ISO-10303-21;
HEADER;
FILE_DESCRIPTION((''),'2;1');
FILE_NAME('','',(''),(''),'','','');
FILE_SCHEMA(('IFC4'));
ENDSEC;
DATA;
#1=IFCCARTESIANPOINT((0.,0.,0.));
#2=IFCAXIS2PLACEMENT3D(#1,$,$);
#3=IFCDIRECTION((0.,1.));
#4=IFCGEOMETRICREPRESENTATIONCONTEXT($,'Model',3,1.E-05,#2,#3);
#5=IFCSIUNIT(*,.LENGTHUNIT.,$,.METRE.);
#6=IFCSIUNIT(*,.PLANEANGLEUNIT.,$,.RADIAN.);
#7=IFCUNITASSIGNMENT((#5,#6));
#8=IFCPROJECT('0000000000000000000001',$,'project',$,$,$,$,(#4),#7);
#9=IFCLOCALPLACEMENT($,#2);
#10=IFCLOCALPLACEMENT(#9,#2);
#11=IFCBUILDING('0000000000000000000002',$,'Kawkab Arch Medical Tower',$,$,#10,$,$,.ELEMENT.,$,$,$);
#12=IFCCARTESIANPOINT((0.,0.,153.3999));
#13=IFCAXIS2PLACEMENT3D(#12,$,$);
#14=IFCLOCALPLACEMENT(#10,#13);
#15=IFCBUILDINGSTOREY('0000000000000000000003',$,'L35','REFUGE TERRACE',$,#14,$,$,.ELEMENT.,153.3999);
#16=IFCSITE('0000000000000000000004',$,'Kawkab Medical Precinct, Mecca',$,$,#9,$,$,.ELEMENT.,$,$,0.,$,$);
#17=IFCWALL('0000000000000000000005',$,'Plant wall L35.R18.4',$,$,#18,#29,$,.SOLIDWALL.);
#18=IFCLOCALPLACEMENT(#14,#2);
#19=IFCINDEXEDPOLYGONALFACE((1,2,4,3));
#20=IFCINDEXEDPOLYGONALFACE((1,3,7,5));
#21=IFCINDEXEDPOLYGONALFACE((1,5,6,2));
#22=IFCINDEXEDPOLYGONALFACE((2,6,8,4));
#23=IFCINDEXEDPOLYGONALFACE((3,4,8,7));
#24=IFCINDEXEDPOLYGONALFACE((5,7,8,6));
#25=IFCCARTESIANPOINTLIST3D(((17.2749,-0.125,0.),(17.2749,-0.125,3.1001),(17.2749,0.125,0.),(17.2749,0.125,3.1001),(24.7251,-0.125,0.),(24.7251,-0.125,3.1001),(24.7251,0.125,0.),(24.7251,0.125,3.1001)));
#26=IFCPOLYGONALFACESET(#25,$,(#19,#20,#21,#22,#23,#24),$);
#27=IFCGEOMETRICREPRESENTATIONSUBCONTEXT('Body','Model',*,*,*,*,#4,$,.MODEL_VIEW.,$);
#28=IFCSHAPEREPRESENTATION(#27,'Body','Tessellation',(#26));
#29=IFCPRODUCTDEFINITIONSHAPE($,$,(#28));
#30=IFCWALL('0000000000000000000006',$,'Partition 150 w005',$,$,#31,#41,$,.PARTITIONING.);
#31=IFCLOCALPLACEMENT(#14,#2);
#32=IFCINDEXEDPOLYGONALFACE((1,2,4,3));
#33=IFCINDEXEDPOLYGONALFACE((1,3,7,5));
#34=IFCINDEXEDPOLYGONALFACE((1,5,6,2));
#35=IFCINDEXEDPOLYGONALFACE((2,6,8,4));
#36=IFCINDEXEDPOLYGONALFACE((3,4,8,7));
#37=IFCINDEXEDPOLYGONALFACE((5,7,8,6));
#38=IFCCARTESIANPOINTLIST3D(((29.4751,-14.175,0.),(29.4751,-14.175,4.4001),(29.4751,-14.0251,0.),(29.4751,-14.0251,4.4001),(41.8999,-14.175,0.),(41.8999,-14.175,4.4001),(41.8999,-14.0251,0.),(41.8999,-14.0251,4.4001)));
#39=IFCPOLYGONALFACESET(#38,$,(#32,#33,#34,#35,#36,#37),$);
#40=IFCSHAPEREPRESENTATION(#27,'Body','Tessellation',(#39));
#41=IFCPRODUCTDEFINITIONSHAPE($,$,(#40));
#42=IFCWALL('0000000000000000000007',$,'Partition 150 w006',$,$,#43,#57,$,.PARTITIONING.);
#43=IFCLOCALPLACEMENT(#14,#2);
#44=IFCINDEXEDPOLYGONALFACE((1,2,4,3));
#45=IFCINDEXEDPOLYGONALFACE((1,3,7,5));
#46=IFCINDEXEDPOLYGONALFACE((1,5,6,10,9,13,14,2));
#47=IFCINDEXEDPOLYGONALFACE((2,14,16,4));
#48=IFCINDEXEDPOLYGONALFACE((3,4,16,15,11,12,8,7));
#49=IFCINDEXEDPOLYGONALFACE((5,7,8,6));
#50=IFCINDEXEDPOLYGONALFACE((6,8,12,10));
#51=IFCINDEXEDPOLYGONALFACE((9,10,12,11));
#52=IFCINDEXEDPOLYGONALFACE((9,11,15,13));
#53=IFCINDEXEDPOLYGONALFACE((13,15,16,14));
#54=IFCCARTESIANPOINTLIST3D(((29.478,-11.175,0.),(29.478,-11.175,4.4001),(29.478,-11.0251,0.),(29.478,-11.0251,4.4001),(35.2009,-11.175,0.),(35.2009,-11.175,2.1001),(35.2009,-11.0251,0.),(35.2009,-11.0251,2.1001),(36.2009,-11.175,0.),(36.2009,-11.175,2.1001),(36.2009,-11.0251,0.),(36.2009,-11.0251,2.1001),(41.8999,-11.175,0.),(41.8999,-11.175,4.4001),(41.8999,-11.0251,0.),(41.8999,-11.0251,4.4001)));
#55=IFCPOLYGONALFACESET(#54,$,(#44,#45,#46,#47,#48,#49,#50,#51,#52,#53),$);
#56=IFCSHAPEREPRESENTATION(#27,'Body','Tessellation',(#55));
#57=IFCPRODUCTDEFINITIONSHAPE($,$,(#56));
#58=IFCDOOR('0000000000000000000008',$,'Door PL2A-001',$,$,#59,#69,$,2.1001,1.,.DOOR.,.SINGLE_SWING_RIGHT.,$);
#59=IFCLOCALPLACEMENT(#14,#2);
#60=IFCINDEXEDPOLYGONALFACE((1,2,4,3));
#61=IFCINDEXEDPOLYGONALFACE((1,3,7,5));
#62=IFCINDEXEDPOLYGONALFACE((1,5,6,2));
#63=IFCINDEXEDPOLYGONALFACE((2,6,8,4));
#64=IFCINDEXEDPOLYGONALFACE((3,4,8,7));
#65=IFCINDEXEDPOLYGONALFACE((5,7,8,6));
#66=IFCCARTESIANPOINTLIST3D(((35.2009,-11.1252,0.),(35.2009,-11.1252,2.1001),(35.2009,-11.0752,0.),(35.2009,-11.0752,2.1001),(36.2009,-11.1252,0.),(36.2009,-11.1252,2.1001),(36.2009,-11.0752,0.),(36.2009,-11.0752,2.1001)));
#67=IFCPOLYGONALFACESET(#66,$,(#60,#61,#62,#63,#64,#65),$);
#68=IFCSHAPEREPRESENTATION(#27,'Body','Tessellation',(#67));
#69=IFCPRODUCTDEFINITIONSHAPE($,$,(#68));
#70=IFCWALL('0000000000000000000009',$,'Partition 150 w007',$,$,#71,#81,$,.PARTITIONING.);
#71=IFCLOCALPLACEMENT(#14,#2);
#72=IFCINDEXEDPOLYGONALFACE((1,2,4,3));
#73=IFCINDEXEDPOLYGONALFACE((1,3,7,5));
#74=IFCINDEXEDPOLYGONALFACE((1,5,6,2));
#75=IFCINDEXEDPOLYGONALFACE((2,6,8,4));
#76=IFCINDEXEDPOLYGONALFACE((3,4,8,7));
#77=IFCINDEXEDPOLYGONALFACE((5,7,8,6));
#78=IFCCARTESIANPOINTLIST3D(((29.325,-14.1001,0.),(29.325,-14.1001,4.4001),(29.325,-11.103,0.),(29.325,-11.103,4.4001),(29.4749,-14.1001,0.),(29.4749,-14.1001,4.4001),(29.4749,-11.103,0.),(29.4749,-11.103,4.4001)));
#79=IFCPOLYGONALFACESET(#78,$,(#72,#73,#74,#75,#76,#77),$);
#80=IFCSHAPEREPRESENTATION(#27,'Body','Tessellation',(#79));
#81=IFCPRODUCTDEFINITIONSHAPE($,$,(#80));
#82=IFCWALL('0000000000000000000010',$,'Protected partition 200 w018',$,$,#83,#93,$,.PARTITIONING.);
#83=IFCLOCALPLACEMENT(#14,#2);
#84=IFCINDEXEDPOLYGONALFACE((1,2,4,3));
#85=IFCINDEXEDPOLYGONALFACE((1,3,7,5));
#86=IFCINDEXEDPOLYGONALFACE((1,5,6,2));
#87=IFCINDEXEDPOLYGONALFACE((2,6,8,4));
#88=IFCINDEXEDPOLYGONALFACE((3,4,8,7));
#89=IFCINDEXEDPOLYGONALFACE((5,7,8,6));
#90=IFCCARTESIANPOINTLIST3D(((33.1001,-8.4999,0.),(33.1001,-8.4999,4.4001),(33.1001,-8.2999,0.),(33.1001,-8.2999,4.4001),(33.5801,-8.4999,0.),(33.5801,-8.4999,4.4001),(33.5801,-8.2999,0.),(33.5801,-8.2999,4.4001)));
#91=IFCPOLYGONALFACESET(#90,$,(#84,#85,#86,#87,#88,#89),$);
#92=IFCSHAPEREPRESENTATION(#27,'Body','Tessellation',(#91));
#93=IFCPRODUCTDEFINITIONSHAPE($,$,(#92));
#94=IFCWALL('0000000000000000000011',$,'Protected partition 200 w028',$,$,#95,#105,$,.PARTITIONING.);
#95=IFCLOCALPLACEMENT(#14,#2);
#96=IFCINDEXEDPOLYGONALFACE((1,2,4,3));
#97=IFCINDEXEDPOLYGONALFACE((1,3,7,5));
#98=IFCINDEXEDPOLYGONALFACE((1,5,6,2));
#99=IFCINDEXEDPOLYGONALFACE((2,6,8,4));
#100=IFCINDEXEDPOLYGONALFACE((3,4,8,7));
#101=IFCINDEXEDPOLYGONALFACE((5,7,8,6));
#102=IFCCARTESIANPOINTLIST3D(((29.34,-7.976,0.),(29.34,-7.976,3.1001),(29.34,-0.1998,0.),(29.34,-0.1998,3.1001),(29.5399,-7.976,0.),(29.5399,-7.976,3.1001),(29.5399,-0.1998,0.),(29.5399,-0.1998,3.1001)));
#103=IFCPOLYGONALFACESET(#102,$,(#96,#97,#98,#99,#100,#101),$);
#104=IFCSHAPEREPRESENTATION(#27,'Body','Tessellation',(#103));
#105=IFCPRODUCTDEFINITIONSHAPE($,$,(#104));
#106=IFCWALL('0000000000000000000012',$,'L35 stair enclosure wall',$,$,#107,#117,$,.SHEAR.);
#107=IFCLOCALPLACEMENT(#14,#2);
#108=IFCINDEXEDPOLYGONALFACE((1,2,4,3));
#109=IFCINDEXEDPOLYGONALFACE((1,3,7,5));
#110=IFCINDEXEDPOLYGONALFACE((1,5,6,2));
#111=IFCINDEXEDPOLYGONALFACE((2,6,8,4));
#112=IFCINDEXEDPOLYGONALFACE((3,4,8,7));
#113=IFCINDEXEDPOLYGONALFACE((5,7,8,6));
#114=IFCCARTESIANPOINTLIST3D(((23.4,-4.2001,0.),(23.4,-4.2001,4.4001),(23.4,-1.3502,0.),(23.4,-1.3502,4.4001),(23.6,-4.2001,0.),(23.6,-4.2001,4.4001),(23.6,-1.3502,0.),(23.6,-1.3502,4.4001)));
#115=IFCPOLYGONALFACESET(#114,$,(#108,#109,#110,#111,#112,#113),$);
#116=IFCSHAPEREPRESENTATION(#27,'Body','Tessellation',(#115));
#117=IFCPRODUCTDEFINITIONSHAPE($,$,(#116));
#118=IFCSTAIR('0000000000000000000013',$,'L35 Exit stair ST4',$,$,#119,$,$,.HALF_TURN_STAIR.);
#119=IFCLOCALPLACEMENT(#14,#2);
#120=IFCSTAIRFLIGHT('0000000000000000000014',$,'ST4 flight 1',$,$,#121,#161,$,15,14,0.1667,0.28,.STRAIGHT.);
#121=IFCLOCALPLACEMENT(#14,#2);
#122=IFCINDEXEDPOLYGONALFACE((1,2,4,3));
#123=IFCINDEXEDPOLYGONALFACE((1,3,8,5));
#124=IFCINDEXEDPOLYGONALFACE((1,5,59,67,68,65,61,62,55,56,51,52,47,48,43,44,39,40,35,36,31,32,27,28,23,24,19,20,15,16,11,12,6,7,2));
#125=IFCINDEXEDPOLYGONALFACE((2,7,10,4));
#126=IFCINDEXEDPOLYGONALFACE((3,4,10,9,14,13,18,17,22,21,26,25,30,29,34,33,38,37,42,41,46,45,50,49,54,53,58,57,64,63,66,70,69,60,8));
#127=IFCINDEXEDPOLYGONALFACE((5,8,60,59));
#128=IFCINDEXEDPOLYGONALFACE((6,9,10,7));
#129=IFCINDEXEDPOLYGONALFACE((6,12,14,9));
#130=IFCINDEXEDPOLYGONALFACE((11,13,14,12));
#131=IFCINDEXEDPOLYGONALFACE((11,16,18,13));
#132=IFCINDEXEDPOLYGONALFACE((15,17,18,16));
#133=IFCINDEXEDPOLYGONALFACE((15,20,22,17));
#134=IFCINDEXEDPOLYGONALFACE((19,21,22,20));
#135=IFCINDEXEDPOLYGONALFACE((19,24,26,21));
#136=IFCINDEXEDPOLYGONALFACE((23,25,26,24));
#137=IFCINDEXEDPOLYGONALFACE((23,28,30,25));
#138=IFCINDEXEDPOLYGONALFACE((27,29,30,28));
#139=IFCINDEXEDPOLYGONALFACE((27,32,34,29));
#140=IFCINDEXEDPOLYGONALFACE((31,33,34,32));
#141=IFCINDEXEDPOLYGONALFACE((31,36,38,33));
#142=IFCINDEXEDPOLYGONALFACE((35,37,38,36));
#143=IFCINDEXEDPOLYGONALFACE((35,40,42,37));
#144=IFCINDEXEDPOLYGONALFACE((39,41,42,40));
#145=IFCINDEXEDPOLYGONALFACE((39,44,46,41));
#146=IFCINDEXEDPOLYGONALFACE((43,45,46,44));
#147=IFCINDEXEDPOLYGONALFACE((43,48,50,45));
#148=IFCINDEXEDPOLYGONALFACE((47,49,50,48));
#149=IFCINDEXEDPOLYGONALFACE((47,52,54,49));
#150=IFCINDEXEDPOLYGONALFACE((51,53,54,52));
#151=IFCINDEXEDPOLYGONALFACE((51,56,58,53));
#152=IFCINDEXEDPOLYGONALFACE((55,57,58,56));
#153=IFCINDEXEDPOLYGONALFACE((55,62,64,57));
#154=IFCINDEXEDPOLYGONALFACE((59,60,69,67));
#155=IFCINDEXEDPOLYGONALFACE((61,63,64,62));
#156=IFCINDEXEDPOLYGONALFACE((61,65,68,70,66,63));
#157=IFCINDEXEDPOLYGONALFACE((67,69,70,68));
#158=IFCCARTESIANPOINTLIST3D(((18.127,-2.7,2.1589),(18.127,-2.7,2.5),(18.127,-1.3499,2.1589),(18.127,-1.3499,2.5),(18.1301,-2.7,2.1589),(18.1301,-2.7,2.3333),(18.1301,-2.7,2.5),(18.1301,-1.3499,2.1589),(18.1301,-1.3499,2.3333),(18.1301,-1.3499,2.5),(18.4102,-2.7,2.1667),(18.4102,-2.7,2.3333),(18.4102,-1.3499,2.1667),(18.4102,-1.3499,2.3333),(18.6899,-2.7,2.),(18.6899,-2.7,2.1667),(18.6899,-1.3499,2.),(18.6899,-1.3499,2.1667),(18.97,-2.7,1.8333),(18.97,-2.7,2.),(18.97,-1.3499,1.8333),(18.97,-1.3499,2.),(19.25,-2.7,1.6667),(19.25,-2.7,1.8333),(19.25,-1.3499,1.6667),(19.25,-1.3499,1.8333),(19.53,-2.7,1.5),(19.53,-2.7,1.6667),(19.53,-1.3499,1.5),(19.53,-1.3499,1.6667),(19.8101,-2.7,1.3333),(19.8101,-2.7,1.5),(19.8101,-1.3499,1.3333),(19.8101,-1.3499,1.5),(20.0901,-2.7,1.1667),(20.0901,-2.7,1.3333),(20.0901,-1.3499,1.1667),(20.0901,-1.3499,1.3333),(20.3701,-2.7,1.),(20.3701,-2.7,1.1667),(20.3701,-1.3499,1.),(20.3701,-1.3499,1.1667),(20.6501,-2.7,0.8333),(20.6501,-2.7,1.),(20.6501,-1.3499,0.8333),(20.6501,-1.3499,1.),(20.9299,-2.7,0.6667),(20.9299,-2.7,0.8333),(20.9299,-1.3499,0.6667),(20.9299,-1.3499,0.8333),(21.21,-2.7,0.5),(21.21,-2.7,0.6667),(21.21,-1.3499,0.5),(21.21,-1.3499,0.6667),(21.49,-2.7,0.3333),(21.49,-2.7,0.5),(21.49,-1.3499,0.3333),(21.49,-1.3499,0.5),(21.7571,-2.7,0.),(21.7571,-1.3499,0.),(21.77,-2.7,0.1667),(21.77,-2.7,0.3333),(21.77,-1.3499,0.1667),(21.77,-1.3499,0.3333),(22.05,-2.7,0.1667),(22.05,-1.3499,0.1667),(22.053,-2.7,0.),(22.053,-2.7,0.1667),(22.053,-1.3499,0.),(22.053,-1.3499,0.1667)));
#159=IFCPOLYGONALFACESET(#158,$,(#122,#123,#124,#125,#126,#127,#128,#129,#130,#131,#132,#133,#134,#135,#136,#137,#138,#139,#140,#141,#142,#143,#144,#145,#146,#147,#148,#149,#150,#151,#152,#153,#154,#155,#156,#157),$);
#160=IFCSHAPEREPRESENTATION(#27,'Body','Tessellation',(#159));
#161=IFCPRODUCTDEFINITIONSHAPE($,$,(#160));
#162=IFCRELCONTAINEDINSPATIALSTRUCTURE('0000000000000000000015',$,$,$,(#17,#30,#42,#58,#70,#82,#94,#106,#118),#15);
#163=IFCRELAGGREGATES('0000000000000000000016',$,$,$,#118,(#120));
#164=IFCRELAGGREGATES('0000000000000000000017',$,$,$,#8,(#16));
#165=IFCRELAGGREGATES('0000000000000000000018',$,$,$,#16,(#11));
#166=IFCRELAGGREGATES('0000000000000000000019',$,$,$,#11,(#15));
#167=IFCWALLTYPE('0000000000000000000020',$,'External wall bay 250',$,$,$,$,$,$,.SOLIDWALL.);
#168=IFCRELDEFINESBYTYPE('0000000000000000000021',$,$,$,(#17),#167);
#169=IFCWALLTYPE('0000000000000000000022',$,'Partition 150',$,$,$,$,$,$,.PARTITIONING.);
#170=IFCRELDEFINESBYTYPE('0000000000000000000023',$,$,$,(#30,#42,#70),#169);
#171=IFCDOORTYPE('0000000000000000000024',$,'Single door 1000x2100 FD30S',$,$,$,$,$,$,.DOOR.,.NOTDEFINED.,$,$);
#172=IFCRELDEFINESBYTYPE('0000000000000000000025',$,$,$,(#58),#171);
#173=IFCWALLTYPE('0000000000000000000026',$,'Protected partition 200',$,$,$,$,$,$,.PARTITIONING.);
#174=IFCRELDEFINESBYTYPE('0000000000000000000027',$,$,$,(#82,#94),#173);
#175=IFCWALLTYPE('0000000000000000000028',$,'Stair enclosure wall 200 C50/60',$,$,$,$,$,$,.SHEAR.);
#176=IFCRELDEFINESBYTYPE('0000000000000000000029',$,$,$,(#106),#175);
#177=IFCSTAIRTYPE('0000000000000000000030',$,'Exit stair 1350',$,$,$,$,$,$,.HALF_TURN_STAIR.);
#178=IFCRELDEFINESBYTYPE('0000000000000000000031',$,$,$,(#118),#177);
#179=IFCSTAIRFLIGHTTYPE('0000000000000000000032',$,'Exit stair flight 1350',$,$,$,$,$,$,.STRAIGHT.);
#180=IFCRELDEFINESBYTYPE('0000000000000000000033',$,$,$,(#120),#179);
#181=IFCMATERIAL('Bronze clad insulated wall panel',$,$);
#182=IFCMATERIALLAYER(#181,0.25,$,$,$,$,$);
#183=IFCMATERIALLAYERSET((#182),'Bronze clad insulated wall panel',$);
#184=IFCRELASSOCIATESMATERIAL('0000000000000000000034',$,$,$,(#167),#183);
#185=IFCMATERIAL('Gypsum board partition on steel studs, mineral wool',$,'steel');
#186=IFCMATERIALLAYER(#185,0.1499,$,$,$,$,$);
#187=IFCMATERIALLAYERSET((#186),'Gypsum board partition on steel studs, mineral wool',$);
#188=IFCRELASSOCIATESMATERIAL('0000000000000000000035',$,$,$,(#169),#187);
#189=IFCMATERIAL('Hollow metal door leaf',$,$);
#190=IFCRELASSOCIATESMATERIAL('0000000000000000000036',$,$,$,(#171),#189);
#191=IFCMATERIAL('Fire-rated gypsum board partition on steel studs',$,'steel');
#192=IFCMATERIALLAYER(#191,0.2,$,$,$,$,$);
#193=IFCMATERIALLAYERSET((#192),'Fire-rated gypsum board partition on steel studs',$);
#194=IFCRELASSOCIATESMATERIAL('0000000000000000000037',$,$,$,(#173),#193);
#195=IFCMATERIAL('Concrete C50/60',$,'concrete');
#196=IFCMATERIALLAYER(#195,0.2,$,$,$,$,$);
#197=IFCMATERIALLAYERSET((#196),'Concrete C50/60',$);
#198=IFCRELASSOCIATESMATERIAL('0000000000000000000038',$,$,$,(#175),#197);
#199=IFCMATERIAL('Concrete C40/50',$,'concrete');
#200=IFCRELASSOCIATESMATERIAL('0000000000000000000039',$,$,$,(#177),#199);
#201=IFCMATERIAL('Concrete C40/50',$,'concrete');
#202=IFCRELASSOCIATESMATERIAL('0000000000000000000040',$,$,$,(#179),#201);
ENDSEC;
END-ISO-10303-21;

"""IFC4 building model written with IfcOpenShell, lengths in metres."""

from ifc_helpers import new_model, si_unit, direction, frame, frame_2d, origin, place, context, subcontext, project, spatial, polyline, rectangle, outline, extrude, material, layer, layer_set, type_object, element, fill, aggregate, save


model = new_model("IFC4")

# Units and contexts
model_context = context("Model", 3, precision=1e-05, world=origin(), true_north=direction((0.0, 1.0)))
body_context = subcontext(model_context, "Body", "Model", "MODEL_VIEW")
ifc_project = project(units=[si_unit("LENGTHUNIT", "METRE"), si_unit("PLANEANGLEUNIT", "RADIAN")], contexts=[model_context])

# Site, building, storey
site_placement = place(None, origin())
site = spatial("IfcSite", under=ifc_project, at=site_placement, Name="Kawkab Medical Precinct, Mecca", CompositionType="ELEMENT", RefElevation=0.0)
building_placement = place(site_placement, origin())
building = spatial("IfcBuilding", under=site, at=building_placement, Name="Kawkab Arch Medical Tower", CompositionType="ELEMENT")
storey_placement = place(building_placement, frame((0.0, 0.0, 153.3999)))
storey = spatial("IfcBuildingStorey", under=building, at=storey_placement, Name="L35", Description="REFUGE TERRACE", CompositionType="ELEMENT", Elevation=153.3999)

# Walls
ifc_material_1 = material(Name="Bronze clad insulated wall panel")
ifc_layer_1 = layer(ifc_material_1, 0.25)
ifc_layer_set_1 = layer_set([ifc_layer_1], Name="Bronze clad insulated wall panel")
wall_type_1 = type_object("IfcWallType", Name="External wall bay 250", PredefinedType="SOLIDWALL", material=ifc_layer_set_1)
wall_1_placement = place(storey_placement, frame((24.7251, 0.0, 0.0), z_axis=(0.0, 0.0, 1.0), x_axis=(-1.0, 0.0, 0.0)))
element("IfcWall", 1, at=wall_1_placement, inside=storey, type_object=wall_type_1, Name="Plant wall L35.R18.4", PredefinedType="SOLIDWALL", context=body_context, shape_type="SweptSolid", body=[
    extrude(rectangle(XDim=7.4502, YDim=0.25, at=frame_2d((3.7251, 0.0))), origin(), (0.0, 0.0, 1.0), 3.1001),
])
ifc_material_2 = material(Name="Gypsum board partition on steel studs, mineral wool", Category="steel")
ifc_layer_2 = layer(ifc_material_2, 0.1499)
ifc_layer_set_2 = layer_set([ifc_layer_2], Name="Gypsum board partition on steel studs, mineral wool")
wall_type_2 = type_object("IfcWallType", Name="Partition 150", PredefinedType="PARTITIONING", material=ifc_layer_set_2)
wall_2_placement = place(storey_placement, frame((29.4751, -14.1001, 0.0), z_axis=(0.0, 0.0, 1.0), x_axis=(1.0, 0.0, 0.0)))
element("IfcWall", 2, at=wall_2_placement, inside=storey, type_object=wall_type_2, Name="Partition 150 w005", PredefinedType="PARTITIONING", context=body_context, shape_type="SweptSolid", body=[
    extrude(rectangle(XDim=12.4248, YDim=0.1499, at=frame_2d((6.2124, 0.0))), origin(), (0.0, 0.0, 1.0), 4.4001),
])

# Wall, opening, door
wall_3_placement = place(storey_placement, frame((29.478, -11.1001, 0.0), z_axis=(0.0, 0.0, 1.0), x_axis=(1.0, 0.0, 0.0)))
wall_3 = element("IfcWall", 3, at=wall_3_placement, inside=storey, type_object=wall_type_2, Name="Partition 150 w006", PredefinedType="PARTITIONING", context=body_context, shape_type="SweptSolid", body=[
    extrude(rectangle(XDim=12.4219, YDim=0.1499, at=frame_2d((6.2109, 0.0))), origin(), (0.0, 0.0, 1.0), 4.4001),
])
opening_1_placement = place(wall_3_placement, frame((5.7229, 0.0, 0.0)))
opening_1 = element("IfcOpeningElement", 4, at=opening_1_placement, cuts=wall_3, PredefinedType="OPENING", context=body_context, shape_type="SweptSolid", body=[
    extrude(rectangle(XDim=1.0, YDim=2.1001, at=frame_2d((0.5, 1.05))), frame((0.0, 0.085, 0.0), z_axis=(0.0, -1.0, 0.0), x_axis=(1.0, 0.0, 0.0)), (0.0, 0.0, 1.0), 0.1699),
])
ifc_material_3 = material(Name="Hollow metal door leaf")
door_type_1 = type_object("IfcDoorType", Name="Single door 1000x2100 FD30S", OperationType="NOTDEFINED", PredefinedType="DOOR", material=ifc_material_3)
door_1_placement = place(opening_1_placement, origin())
door_1 = element("IfcDoor", 5, at=door_1_placement, inside=storey, type_object=door_type_1, Name="Door PL2A-001", OperationType="SINGLE_SWING_RIGHT", OverallHeight=2.1001, OverallWidth=1.0, PredefinedType="DOOR", context=body_context, shape_type="SweptSolid", body=[
    extrude(rectangle(XDim=1.0, YDim=2.1001, at=frame_2d((0.5, 1.05))), frame((0.0, 0.0249, 0.0), z_axis=(0.0, -1.0, 0.0), x_axis=(1.0, 0.0, 0.0)), (0.0, 0.0, 1.0), 0.05),
])
fill(opening_1, door_1)

# Walls
wall_4_placement = place(storey_placement, frame((29.3999, -14.1001, 0.0), z_axis=(0.0, 0.0, 1.0), x_axis=(0.0, 1.0, 0.0)))
element("IfcWall", 6, at=wall_4_placement, inside=storey, type_object=wall_type_2, Name="Partition 150 w007", PredefinedType="PARTITIONING", context=body_context, shape_type="SweptSolid", body=[
    extrude(rectangle(XDim=2.9971, YDim=0.1499, at=frame_2d((1.4985, 0.0))), origin(), (0.0, 0.0, 1.0), 4.4001),
])
ifc_material_4 = material(Name="Fire-rated gypsum board partition on steel studs", Category="steel")
ifc_layer_3 = layer(ifc_material_4, 0.2)
ifc_layer_set_3 = layer_set([ifc_layer_3], Name="Fire-rated gypsum board partition on steel studs")
wall_type_3 = type_object("IfcWallType", Name="Protected partition 200", PredefinedType="PARTITIONING", material=ifc_layer_set_3)
wall_5_placement = place(storey_placement, frame((33.1001, -8.3999, 0.0), z_axis=(0.0, 0.0, 1.0), x_axis=(1.0, 0.0, 0.0)))
element("IfcWall", 7, at=wall_5_placement, inside=storey, type_object=wall_type_3, Name="Protected partition 200 w018", PredefinedType="PARTITIONING", context=body_context, shape_type="SweptSolid", body=[
    extrude(rectangle(XDim=0.48, YDim=0.2, at=frame_2d((0.24, 0.0))), origin(), (0.0, 0.0, 1.0), 4.4001),
])
wall_6_placement = place(storey_placement, frame((29.4399, -7.9761, 0.0), z_axis=(0.0, 0.0, 1.0), x_axis=(0.0, 1.0, 0.0)))
element("IfcWall", 8, at=wall_6_placement, inside=storey, type_object=wall_type_3, Name="Protected partition 200 w028", PredefinedType="PARTITIONING", context=body_context, shape_type="SweptSolid", body=[
    extrude(rectangle(XDim=7.7761, YDim=0.2, at=frame_2d((3.8882, 0.0))), origin(), (0.0, 0.0, 1.0), 3.1001),
])
ifc_material_5 = material(Name="Concrete C50/60", Category="concrete")
ifc_layer_4 = layer(ifc_material_5, 0.2)
ifc_layer_set_4 = layer_set([ifc_layer_4], Name="Concrete C50/60")
wall_type_4 = type_object("IfcWallType", Name="Stair enclosure wall 200 C50/60", PredefinedType="SHEAR", material=ifc_layer_set_4)
wall_7_placement = place(storey_placement, frame((23.5, -4.2, 0.0), z_axis=(0.0, 0.0, 1.0), x_axis=(0.0, 1.0, 0.0)))
element("IfcWall", 9, at=wall_7_placement, inside=storey, type_object=wall_type_4, Name="L35 stair enclosure wall", PredefinedType="SHEAR", context=body_context, shape_type="SweptSolid", body=[
    extrude(rectangle(XDim=2.8499, YDim=0.2, at=frame_2d((1.4248, 0.0))), origin(), (0.0, 0.0, 1.0), 4.4001),
])

# Stair, stair flight
ifc_material_6 = material(Name="Concrete C40/50", Category="concrete")
stair_type = type_object("IfcStairType", Name="Exit stair 1350", PredefinedType="HALF_TURN_STAIR", material=ifc_material_6)
stair_placement = place(storey_placement, origin())
stair = element("IfcStair", 10, at=stair_placement, inside=storey, type_object=stair_type, Name="L35 Exit stair ST4", PredefinedType="HALF_TURN_STAIR")
ifc_material_7 = material(Name="Concrete C40/50", Category="concrete")
stair_flight_type = type_object("IfcStairFlightType", Name="Exit stair flight 1350", PredefinedType="STRAIGHT", material=ifc_material_7)
stair_flight_placement = place(storey_placement, frame((22.05, -2.0249, 0.0), z_axis=(0.0, 0.0, 1.0), x_axis=(-1.0, 0.0, 0.0)))
stair_flight = element("IfcStairFlight", 11, at=stair_flight_placement, type_object=stair_flight_type, Name="ST4 flight 1", NumberOfRisers=15, NumberOfTreads=14, PredefinedType="STRAIGHT", RiserHeight=0.1667, TreadLength=0.28, context=body_context, shape_type="SweptSolid", body=[
    extrude(outline(polyline([(-0.0029, 0.0), (-0.0029, 0.1667), (0.0, 0.1667), (0.28, 0.1667), (0.28, 0.3333), (0.5601, 0.3333), (0.5601, 0.5), (0.8401, 0.5), (0.8401, 0.6667), (1.1201, 0.6667), (1.1201, 0.8333), (1.3999, 0.8333), (1.3999, 1.0), (1.6799, 1.0), (1.6799, 1.1667), (1.96, 1.1667), (1.96, 1.3333), (2.24, 1.3333), (2.24, 1.5), (2.52, 1.5), (2.52, 1.6667), (2.8, 1.6667), (2.8, 1.8333), (3.0801, 1.8333), (3.0801, 2.0), (3.3601, 2.0), (3.3601, 2.1667), (3.6399, 2.1667), (3.6399, 2.3333), (3.9199, 2.3333), (3.9199, 2.5), (3.9231, 2.5), (3.9231, 2.1589), (3.9199, 2.1589), (0.293, 0.0), (-0.0029, 0.0)])), frame((0.0, 0.675, 0.0), z_axis=(0.0, -1.0, 0.0), x_axis=(1.0, 0.0, 0.0)), (0.0, 0.0, 1.0), 1.3501),
])
aggregate(stair, [stair_flight])

save(model, "model.ifc")
